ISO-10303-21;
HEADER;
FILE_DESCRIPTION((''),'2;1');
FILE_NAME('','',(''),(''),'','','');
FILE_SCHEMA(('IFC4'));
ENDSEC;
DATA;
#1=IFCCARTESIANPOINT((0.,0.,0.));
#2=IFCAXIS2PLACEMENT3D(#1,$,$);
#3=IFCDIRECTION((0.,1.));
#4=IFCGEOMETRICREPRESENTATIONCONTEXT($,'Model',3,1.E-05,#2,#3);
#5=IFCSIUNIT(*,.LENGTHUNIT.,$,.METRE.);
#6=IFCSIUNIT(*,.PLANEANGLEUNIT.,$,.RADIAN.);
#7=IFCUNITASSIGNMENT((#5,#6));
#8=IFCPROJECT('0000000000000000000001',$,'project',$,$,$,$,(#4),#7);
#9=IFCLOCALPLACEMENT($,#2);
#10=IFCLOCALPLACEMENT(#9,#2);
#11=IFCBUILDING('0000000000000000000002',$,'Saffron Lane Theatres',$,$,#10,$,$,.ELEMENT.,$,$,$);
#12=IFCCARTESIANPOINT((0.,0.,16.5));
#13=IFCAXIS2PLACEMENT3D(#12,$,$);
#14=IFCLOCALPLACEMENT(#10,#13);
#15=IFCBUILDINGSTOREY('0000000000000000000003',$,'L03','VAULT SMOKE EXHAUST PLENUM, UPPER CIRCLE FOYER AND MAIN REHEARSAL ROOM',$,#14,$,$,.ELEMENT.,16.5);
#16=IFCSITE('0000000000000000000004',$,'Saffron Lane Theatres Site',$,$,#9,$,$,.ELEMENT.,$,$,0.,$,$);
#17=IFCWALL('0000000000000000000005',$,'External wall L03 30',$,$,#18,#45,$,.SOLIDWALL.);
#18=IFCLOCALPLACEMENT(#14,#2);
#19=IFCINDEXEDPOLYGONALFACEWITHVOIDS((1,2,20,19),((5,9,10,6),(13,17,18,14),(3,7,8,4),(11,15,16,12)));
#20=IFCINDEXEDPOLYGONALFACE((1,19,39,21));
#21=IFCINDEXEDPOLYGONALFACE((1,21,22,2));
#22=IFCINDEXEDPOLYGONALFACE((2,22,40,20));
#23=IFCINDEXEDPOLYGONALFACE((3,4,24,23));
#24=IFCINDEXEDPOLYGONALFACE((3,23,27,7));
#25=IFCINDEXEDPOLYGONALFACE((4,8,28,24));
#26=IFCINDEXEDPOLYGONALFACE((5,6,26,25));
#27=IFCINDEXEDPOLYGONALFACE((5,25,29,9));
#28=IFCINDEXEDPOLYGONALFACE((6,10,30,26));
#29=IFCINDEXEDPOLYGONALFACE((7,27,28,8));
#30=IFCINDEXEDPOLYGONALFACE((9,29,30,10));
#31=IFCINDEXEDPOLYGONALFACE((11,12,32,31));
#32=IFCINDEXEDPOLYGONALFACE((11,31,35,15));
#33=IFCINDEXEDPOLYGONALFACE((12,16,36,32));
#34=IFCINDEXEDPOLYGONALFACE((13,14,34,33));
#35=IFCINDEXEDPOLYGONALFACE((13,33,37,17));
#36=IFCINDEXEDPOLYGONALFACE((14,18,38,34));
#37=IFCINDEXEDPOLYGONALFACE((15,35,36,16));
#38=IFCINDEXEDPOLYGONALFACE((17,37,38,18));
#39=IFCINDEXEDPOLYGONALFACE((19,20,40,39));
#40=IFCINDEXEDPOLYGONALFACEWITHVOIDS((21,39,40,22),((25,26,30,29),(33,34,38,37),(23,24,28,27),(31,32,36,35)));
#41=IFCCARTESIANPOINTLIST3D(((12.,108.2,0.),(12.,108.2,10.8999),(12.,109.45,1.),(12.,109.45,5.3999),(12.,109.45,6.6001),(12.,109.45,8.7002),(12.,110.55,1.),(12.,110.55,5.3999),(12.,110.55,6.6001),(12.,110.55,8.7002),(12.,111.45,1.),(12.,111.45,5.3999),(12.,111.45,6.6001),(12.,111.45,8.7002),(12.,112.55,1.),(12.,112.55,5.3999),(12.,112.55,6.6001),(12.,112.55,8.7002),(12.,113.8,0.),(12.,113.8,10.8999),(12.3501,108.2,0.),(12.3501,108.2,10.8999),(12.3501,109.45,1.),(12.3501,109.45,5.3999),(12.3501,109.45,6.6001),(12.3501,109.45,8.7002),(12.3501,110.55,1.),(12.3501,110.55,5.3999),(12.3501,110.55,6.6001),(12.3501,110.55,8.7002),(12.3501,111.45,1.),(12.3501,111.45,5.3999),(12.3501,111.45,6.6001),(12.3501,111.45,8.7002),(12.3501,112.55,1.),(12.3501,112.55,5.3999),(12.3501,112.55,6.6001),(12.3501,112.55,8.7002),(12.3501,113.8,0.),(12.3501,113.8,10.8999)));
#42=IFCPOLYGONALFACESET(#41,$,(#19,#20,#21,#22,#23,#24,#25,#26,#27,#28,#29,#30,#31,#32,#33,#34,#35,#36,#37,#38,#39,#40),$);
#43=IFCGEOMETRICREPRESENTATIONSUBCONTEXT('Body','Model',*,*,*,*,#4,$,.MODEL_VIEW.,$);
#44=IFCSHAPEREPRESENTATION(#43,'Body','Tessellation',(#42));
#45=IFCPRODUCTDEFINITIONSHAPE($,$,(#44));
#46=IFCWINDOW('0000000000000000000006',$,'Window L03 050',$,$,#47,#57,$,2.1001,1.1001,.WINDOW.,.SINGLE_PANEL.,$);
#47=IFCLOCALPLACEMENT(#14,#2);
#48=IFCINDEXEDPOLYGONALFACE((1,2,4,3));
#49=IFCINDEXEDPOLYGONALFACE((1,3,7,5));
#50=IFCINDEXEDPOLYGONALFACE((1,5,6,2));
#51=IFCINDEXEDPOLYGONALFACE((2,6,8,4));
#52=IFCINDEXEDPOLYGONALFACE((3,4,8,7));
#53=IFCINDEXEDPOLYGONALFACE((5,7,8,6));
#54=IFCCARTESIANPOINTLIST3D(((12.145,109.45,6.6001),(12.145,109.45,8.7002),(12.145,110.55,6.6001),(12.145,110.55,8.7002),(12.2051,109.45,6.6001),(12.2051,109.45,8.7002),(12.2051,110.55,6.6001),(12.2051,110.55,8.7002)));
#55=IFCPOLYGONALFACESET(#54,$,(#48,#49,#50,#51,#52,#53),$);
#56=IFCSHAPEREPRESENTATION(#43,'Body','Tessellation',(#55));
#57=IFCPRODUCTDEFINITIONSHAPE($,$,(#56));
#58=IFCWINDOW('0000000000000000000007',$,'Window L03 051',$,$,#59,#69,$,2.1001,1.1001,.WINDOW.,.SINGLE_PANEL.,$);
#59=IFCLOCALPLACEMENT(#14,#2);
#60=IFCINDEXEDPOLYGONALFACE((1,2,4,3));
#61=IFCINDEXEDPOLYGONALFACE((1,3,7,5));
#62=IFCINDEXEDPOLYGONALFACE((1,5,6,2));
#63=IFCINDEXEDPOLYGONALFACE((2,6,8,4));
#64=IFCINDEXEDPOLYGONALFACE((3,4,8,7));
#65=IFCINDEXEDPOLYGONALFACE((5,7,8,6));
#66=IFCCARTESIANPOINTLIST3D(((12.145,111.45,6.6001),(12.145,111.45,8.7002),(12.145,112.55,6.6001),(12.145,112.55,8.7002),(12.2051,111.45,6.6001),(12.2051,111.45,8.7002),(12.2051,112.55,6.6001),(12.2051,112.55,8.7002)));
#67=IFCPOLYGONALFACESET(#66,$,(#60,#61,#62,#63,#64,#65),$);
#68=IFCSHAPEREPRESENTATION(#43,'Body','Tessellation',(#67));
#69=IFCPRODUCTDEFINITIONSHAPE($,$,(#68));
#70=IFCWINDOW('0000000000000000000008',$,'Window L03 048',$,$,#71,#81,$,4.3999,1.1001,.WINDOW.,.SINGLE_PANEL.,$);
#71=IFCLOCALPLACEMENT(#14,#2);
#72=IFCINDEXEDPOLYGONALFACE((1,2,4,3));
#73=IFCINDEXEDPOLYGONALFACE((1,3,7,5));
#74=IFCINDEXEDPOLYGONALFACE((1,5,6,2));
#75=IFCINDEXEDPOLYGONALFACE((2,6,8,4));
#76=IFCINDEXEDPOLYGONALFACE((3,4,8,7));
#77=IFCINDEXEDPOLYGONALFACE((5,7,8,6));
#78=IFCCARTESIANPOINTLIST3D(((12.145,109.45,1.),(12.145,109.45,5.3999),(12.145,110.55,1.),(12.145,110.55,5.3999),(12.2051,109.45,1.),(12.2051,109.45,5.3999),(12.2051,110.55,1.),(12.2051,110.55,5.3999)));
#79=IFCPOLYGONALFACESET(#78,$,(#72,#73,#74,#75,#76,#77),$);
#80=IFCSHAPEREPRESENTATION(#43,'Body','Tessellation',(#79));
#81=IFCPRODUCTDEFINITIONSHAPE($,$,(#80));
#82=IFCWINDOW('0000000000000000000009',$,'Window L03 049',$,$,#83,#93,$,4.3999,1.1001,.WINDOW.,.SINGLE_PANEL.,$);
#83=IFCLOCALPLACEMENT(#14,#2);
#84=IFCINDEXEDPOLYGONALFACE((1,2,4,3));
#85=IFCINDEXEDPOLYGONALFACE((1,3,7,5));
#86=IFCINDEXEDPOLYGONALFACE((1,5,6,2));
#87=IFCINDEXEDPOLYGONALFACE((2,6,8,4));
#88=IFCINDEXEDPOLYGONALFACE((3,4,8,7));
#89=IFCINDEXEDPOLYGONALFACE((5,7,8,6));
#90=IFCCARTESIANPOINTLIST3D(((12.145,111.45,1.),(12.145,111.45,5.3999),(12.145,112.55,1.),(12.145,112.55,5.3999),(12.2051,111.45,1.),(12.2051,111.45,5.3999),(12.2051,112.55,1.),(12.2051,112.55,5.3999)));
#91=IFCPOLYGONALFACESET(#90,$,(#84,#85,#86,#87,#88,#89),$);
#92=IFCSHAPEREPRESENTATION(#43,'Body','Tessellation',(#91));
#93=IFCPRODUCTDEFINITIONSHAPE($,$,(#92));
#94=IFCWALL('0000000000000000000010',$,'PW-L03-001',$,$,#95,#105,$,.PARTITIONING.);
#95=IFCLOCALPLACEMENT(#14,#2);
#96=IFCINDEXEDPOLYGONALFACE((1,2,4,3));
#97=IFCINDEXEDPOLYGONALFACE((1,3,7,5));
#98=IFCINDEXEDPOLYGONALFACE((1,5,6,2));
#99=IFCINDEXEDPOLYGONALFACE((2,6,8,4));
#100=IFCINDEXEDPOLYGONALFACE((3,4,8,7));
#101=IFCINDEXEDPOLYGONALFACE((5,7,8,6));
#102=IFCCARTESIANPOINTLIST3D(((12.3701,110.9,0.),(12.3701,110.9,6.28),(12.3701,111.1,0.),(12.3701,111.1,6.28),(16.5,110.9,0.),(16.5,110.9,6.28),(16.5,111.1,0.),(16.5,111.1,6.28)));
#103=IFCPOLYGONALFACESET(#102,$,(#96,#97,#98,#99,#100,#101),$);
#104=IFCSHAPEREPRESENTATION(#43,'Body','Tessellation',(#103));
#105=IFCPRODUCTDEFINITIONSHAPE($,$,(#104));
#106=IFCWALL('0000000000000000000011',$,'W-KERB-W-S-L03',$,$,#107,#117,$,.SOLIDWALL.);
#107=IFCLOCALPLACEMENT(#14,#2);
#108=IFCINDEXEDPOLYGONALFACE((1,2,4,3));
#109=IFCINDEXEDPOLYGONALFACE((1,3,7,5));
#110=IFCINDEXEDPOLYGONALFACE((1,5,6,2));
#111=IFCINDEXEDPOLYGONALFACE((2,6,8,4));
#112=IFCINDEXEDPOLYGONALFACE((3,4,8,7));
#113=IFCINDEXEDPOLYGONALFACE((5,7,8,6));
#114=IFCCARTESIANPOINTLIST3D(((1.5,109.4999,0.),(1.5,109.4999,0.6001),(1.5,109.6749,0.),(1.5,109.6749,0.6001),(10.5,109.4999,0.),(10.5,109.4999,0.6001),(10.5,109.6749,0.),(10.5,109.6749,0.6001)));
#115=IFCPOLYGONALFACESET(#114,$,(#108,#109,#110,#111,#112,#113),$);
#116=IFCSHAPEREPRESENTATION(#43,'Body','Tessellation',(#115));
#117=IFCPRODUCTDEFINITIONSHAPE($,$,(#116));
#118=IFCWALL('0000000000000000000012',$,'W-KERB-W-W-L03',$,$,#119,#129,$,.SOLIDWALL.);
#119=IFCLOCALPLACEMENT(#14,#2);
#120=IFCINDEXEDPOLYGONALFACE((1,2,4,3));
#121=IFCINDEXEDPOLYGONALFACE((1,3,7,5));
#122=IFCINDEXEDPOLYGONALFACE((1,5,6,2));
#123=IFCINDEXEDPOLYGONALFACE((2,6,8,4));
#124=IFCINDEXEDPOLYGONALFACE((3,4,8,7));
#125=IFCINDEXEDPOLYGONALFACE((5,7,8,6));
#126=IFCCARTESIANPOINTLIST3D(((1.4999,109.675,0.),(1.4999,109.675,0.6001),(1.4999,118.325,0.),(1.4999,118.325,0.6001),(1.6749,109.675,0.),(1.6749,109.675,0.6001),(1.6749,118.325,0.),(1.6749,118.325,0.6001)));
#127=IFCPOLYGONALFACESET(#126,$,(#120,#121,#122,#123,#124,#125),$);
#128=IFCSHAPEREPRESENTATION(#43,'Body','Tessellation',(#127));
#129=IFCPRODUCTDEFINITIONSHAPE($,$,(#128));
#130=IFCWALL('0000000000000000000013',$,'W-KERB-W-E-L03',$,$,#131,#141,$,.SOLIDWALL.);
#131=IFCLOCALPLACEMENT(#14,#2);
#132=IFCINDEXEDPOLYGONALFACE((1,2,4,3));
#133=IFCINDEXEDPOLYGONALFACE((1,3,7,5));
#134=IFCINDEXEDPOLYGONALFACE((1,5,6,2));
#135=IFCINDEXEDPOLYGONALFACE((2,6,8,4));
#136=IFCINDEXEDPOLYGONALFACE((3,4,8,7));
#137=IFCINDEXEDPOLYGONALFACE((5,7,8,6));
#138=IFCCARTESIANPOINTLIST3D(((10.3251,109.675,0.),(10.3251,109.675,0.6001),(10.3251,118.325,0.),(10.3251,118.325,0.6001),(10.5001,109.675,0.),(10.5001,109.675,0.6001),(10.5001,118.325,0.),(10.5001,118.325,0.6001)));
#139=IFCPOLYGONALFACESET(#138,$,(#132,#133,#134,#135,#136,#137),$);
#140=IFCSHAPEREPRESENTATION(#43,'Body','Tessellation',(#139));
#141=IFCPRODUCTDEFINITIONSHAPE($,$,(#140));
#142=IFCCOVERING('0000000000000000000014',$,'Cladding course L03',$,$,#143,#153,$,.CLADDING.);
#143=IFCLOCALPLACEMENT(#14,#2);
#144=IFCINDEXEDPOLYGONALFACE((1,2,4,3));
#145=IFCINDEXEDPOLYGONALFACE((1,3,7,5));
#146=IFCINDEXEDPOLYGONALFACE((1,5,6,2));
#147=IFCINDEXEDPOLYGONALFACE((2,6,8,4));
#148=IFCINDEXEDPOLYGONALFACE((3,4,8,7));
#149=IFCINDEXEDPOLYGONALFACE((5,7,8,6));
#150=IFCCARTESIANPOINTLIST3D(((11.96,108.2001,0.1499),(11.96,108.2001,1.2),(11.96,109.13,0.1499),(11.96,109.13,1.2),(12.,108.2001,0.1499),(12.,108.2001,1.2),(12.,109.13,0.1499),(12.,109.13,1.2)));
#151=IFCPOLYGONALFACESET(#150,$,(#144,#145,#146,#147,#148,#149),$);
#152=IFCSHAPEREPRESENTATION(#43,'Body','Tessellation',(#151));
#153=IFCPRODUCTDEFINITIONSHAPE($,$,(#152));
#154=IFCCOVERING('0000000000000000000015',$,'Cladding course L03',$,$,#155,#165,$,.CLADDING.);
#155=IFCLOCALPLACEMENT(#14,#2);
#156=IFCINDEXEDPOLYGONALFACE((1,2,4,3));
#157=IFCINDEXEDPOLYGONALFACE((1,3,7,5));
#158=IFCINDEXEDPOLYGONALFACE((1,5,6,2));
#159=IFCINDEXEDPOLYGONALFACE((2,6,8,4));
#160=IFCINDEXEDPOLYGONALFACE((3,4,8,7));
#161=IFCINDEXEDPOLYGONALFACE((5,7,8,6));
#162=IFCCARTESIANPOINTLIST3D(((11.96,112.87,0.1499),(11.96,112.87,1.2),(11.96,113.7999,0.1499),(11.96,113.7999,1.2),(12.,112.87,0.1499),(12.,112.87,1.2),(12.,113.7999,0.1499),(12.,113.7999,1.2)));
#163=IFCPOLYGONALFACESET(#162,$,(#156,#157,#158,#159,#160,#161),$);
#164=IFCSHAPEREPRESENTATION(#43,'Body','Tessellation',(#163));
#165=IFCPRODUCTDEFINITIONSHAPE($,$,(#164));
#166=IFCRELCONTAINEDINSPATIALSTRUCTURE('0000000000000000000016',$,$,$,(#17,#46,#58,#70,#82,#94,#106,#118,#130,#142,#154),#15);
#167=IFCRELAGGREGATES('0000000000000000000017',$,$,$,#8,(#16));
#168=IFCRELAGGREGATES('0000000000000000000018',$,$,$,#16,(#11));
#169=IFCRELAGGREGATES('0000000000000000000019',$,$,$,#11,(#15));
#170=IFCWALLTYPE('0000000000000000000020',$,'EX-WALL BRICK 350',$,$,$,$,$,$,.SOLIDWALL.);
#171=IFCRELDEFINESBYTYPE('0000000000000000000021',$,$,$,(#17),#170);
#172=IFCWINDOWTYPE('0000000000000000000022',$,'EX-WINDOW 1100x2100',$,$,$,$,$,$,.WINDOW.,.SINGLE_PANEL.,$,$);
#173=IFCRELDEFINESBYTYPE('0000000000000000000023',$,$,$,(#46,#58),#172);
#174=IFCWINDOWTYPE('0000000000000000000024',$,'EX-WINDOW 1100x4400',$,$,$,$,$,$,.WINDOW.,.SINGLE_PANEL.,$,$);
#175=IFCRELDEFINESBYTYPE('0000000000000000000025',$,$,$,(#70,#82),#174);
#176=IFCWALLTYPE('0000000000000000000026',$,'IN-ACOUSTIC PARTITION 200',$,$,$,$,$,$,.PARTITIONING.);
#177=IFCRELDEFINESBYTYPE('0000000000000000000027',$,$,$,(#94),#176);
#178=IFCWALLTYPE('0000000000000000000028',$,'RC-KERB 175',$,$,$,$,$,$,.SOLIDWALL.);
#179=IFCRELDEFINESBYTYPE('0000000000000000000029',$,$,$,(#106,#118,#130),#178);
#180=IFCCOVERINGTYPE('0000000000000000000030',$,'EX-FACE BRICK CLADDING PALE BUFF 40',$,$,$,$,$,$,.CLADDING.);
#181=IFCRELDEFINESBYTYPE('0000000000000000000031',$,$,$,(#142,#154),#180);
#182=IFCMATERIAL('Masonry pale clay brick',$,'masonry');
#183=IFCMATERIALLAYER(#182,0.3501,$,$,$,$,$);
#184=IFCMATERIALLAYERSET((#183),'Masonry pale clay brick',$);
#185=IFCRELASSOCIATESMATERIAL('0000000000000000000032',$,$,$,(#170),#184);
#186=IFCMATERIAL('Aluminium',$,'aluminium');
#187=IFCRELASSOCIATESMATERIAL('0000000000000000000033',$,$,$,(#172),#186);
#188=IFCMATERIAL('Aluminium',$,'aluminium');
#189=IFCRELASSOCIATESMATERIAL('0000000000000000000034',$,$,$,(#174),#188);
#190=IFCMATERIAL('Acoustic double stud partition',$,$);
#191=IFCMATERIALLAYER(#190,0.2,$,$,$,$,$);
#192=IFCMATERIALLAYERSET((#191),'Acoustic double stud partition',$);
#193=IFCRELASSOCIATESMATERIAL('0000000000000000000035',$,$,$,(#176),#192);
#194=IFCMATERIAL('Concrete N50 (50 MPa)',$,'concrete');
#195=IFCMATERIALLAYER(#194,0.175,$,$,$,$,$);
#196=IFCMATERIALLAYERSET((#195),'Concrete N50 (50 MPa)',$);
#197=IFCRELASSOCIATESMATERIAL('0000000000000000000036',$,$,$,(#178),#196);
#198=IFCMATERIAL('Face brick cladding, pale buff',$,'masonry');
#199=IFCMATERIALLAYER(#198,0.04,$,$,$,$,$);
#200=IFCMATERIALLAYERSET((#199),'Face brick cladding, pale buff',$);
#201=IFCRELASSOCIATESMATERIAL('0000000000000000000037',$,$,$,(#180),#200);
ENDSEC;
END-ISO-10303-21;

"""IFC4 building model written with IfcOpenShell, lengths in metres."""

from ifc_helpers import new_model, si_unit, direction, frame, frame_2d, origin, origin_2d, place, context, subcontext, project, spatial, rectangle, extrude, material, layer, layer_set, type_object, element, fill, save


model = new_model("IFC4")

# Units and contexts
model_context = context("Model", 3, precision=1e-05, world=origin(), true_north=direction((0.0, 1.0)))
body_context = subcontext(model_context, "Body", "Model", "MODEL_VIEW")
ifc_project = project(units=[si_unit("LENGTHUNIT", "METRE"), si_unit("PLANEANGLEUNIT", "RADIAN")], contexts=[model_context])

# Site, building, storey
site_placement = place(None, origin())
site = spatial("IfcSite", under=ifc_project, at=site_placement, Name="Saffron Lane Theatres Site", CompositionType="ELEMENT", RefElevation=0.0)
building_placement = place(site_placement, origin())
building = spatial("IfcBuilding", under=site, at=building_placement, Name="Saffron Lane Theatres", CompositionType="ELEMENT")
storey_placement = place(building_placement, frame((0.0, 0.0, 16.5)))
storey = spatial("IfcBuildingStorey", under=building, at=storey_placement, Name="L03", Description="VAULT SMOKE EXHAUST PLENUM, UPPER CIRCLE FOYER AND MAIN REHEARSAL ROOM", CompositionType="ELEMENT", Elevation=16.5)

# Wall, openings, windows
ifc_material_1 = material(Name="Masonry pale clay brick", Category="masonry")
ifc_layer_1 = layer(ifc_material_1, 0.3501)
ifc_layer_set_1 = layer_set([ifc_layer_1], Name="Masonry pale clay brick")
wall_type_1 = type_object("IfcWallType", Name="EX-WALL BRICK 350", PredefinedType="SOLIDWALL", material=ifc_layer_set_1)
wall_1_placement = place(storey_placement, frame((12.175, 108.2, 0.0), z_axis=(0.0, 0.0, 1.0), x_axis=(0.0, 1.0, 0.0)))
wall_1 = element("IfcWall", 1, at=wall_1_placement, inside=storey, type_object=wall_type_1, Name="External wall L03 30", PredefinedType="SOLIDWALL", context=body_context, shape_type="SweptSolid", body=[
    extrude(rectangle(XDim=5.6001, YDim=0.3501, at=frame_2d((2.8, 0.0))), origin(), (0.0, 0.0, 1.0), 10.8999),
])
opening_1_placement = place(wall_1_placement, frame((1.25, 0.0, 1.0)))
opening_1 = element("IfcOpeningElement", 2, at=opening_1_placement, cuts=wall_1, PredefinedType="OPENING", context=body_context, shape_type="SweptSolid", body=[
    extrude(rectangle(XDim=1.1001, YDim=4.3999, at=frame_2d((0.55, 2.2))), frame((0.0, 0.1851, 0.0), z_axis=(0.0, -1.0, 0.0), x_axis=(1.0, 0.0, 0.0)), (0.0, 0.0, 1.0), 0.3701),
])
opening_2_placement = place(wall_1_placement, frame((3.25, 0.0, 1.0)))
opening_2 = element("IfcOpeningElement", 3, at=opening_2_placement, cuts=wall_1, PredefinedType="OPENING", context=body_context, shape_type="SweptSolid", body=[
    extrude(rectangle(XDim=1.1001, YDim=4.3999, at=frame_2d((0.55, 2.2))), frame((0.0, 0.1851, 0.0), z_axis=(0.0, -1.0, 0.0), x_axis=(1.0, 0.0, 0.0)), (0.0, 0.0, 1.0), 0.3701),
])
opening_3_placement = place(wall_1_placement, frame((1.25, 0.0, 6.6001)))
opening_3 = element("IfcOpeningElement", 4, at=opening_3_placement, cuts=wall_1, PredefinedType="OPENING", context=body_context, shape_type="SweptSolid", body=[
    extrude(rectangle(XDim=1.1001, YDim=2.1001, at=frame_2d((0.55, 1.05))), frame((0.0, 0.1851, 0.0), z_axis=(0.0, -1.0, 0.0), x_axis=(1.0, 0.0, 0.0)), (0.0, 0.0, 1.0), 0.3701),
])
opening_4_placement = place(wall_1_placement, frame((3.25, 0.0, 6.6001)))
opening_4 = element("IfcOpeningElement", 5, at=opening_4_placement, cuts=wall_1, PredefinedType="OPENING", context=body_context, shape_type="SweptSolid", body=[
    extrude(rectangle(XDim=1.1001, YDim=2.1001, at=frame_2d((0.55, 1.05))), frame((0.0, 0.1851, 0.0), z_axis=(0.0, -1.0, 0.0), x_axis=(1.0, 0.0, 0.0)), (0.0, 0.0, 1.0), 0.3701),
])
ifc_material_2 = material(Name="Aluminium", Category="aluminium")
window_type_1 = type_object("IfcWindowType", Name="EX-WINDOW 1100x2100", PartitioningType="SINGLE_PANEL", PredefinedType="WINDOW", material=ifc_material_2)
window_1_placement = place(opening_3_placement, origin())
window_1 = element("IfcWindow", 6, at=window_1_placement, inside=storey, type_object=window_type_1, Name="Window L03 050", OverallHeight=2.1001, OverallWidth=1.1001, PartitioningType="SINGLE_PANEL", PredefinedType="WINDOW", context=body_context, shape_type="SweptSolid", body=[
    extrude(rectangle(XDim=1.1001, YDim=2.1001, at=frame_2d((0.55, 1.05))), frame((0.0, 0.03, 0.0), z_axis=(0.0, -1.0, 0.0), x_axis=(1.0, 0.0, 0.0)), (0.0, 0.0, 1.0), 0.0601),
])
fill(opening_3, window_1)
window_2_placement = place(opening_4_placement, origin())
window_2 = element("IfcWindow", 7, at=window_2_placement, inside=storey, type_object=window_type_1, Name="Window L03 051", OverallHeight=2.1001, OverallWidth=1.1001, PartitioningType="SINGLE_PANEL", PredefinedType="WINDOW", context=body_context, shape_type="SweptSolid", body=[
    extrude(rectangle(XDim=1.1001, YDim=2.1001, at=frame_2d((0.55, 1.05))), frame((0.0, 0.03, 0.0), z_axis=(0.0, -1.0, 0.0), x_axis=(1.0, 0.0, 0.0)), (0.0, 0.0, 1.0), 0.0601),
])
fill(opening_4, window_2)
ifc_material_3 = material(Name="Aluminium", Category="aluminium")
window_type_2 = type_object("IfcWindowType", Name="EX-WINDOW 1100x4400", PartitioningType="SINGLE_PANEL", PredefinedType="WINDOW", material=ifc_material_3)
window_3_placement = place(opening_1_placement, origin())
window_3 = element("IfcWindow", 8, at=window_3_placement, inside=storey, type_object=window_type_2, Name="Window L03 048", OverallHeight=4.3999, OverallWidth=1.1001, PartitioningType="SINGLE_PANEL", PredefinedType="WINDOW", context=body_context, shape_type="SweptSolid", body=[
    extrude(rectangle(XDim=1.1001, YDim=4.3999, at=frame_2d((0.55, 2.2))), frame((0.0, 0.03, 0.0), z_axis=(0.0, -1.0, 0.0), x_axis=(1.0, 0.0, 0.0)), (0.0, 0.0, 1.0), 0.0601),
])
fill(opening_1, window_3)
window_4_placement = place(opening_2_placement, origin())
window_4 = element("IfcWindow", 9, at=window_4_placement, inside=storey, type_object=window_type_2, Name="Window L03 049", OverallHeight=4.3999, OverallWidth=1.1001, PartitioningType="SINGLE_PANEL", PredefinedType="WINDOW", context=body_context, shape_type="SweptSolid", body=[
    extrude(rectangle(XDim=1.1001, YDim=4.3999, at=frame_2d((0.55, 2.2))), frame((0.0, 0.03, 0.0), z_axis=(0.0, -1.0, 0.0), x_axis=(1.0, 0.0, 0.0)), (0.0, 0.0, 1.0), 0.0601),
])
fill(opening_2, window_4)

# Walls
ifc_material_4 = material(Name="Acoustic double stud partition")
ifc_layer_2 = layer(ifc_material_4, 0.2)
ifc_layer_set_2 = layer_set([ifc_layer_2], Name="Acoustic double stud partition")
wall_type_2 = type_object("IfcWallType", Name="IN-ACOUSTIC PARTITION 200", PredefinedType="PARTITIONING", material=ifc_layer_set_2)
wall_2_placement = place(storey_placement, frame((12.3701, 111.0, 0.0), z_axis=(0.0, 0.0, 1.0), x_axis=(1.0, 0.0, 0.0)))
element("IfcWall", 10, at=wall_2_placement, inside=storey, type_object=wall_type_2, Name="PW-L03-001", PredefinedType="PARTITIONING", context=body_context, shape_type="SweptSolid", body=[
    extrude(rectangle(XDim=4.1299, YDim=0.2, at=frame_2d((2.0649, 0.0))), origin(), (0.0, 0.0, 1.0), 6.28),
])
ifc_material_5 = material(Name="Concrete N50 (50 MPa)", Category="concrete")
ifc_layer_3 = layer(ifc_material_5, 0.175)
ifc_layer_set_3 = layer_set([ifc_layer_3], Name="Concrete N50 (50 MPa)")
wall_type_3 = type_object("IfcWallType", Name="RC-KERB 175", PredefinedType="SOLIDWALL", material=ifc_layer_set_3)
wall_3_placement = place(storey_placement, frame((1.5, 109.5874, 0.0), z_axis=(0.0, 0.0, 1.0), x_axis=(1.0, 0.0, 0.0)))
element("IfcWall", 11, at=wall_3_placement, inside=storey, type_object=wall_type_3, Name="W-KERB-W-S-L03", PredefinedType="SOLIDWALL", context=body_context, shape_type="SweptSolid", body=[
    extrude(rectangle(XDim=9.0, YDim=0.175, at=frame_2d((4.5, 0.0))), origin(), (0.0, 0.0, 1.0), 0.6001),
])
for number, where, z_axis, x_axis, name in (
    (12, (1.5874, 109.675, 0.0), (0.0, 0.0, 1.0), (0.0, 1.0, 0.0), "W-KERB-W-W-L03"),
    (13, (10.4126, 109.675, 0.0), (0.0, 0.0, 1.0), (0.0, 1.0, 0.0), "W-KERB-W-E-L03"),
):
    element("IfcWall", number, at=place(storey_placement, frame(where, z_axis=z_axis, x_axis=x_axis)), inside=storey, type_object=wall_type_3, Name=name, PredefinedType="SOLIDWALL", context=body_context, shape_type="SweptSolid", body=[
        extrude(rectangle(XDim=8.6499, YDim=0.175, at=frame_2d((4.325, 0.0))), origin(), (0.0, 0.0, 1.0), 0.6001),
    ])

# Coverings
ifc_material_6 = material(Name="Face brick cladding, pale buff", Category="masonry")
ifc_layer_4 = layer(ifc_material_6, 0.04)
ifc_layer_set_4 = layer_set([ifc_layer_4], Name="Face brick cladding, pale buff")
covering_type_1 = type_object("IfcCoveringType", Name="EX-FACE BRICK CLADDING PALE BUFF 40", PredefinedType="CLADDING", material=ifc_layer_set_4)
for number, where, z_axis, x_axis, name in (
    (14, (11.98, 108.665, 0.1499), (0.0, 0.0, 1.0), (0.0, 1.0, 0.0), "Cladding course L03"),
    (15, (11.98, 113.335, 0.1499), (0.0, 0.0, 1.0), (0.0, 1.0, 0.0), "Cladding course L03"),
):
    element("IfcCovering", number, at=place(storey_placement, frame(where, z_axis=z_axis, x_axis=x_axis)), inside=storey, type_object=covering_type_1, Name=name, PredefinedType="CLADDING", context=body_context, shape_type="SweptSolid", body=[
        extrude(rectangle(XDim=0.9299, YDim=0.04, at=origin_2d()), origin(), (0.0, 0.0, 1.0), 1.05),
    ])

save(model, "model.ifc")
